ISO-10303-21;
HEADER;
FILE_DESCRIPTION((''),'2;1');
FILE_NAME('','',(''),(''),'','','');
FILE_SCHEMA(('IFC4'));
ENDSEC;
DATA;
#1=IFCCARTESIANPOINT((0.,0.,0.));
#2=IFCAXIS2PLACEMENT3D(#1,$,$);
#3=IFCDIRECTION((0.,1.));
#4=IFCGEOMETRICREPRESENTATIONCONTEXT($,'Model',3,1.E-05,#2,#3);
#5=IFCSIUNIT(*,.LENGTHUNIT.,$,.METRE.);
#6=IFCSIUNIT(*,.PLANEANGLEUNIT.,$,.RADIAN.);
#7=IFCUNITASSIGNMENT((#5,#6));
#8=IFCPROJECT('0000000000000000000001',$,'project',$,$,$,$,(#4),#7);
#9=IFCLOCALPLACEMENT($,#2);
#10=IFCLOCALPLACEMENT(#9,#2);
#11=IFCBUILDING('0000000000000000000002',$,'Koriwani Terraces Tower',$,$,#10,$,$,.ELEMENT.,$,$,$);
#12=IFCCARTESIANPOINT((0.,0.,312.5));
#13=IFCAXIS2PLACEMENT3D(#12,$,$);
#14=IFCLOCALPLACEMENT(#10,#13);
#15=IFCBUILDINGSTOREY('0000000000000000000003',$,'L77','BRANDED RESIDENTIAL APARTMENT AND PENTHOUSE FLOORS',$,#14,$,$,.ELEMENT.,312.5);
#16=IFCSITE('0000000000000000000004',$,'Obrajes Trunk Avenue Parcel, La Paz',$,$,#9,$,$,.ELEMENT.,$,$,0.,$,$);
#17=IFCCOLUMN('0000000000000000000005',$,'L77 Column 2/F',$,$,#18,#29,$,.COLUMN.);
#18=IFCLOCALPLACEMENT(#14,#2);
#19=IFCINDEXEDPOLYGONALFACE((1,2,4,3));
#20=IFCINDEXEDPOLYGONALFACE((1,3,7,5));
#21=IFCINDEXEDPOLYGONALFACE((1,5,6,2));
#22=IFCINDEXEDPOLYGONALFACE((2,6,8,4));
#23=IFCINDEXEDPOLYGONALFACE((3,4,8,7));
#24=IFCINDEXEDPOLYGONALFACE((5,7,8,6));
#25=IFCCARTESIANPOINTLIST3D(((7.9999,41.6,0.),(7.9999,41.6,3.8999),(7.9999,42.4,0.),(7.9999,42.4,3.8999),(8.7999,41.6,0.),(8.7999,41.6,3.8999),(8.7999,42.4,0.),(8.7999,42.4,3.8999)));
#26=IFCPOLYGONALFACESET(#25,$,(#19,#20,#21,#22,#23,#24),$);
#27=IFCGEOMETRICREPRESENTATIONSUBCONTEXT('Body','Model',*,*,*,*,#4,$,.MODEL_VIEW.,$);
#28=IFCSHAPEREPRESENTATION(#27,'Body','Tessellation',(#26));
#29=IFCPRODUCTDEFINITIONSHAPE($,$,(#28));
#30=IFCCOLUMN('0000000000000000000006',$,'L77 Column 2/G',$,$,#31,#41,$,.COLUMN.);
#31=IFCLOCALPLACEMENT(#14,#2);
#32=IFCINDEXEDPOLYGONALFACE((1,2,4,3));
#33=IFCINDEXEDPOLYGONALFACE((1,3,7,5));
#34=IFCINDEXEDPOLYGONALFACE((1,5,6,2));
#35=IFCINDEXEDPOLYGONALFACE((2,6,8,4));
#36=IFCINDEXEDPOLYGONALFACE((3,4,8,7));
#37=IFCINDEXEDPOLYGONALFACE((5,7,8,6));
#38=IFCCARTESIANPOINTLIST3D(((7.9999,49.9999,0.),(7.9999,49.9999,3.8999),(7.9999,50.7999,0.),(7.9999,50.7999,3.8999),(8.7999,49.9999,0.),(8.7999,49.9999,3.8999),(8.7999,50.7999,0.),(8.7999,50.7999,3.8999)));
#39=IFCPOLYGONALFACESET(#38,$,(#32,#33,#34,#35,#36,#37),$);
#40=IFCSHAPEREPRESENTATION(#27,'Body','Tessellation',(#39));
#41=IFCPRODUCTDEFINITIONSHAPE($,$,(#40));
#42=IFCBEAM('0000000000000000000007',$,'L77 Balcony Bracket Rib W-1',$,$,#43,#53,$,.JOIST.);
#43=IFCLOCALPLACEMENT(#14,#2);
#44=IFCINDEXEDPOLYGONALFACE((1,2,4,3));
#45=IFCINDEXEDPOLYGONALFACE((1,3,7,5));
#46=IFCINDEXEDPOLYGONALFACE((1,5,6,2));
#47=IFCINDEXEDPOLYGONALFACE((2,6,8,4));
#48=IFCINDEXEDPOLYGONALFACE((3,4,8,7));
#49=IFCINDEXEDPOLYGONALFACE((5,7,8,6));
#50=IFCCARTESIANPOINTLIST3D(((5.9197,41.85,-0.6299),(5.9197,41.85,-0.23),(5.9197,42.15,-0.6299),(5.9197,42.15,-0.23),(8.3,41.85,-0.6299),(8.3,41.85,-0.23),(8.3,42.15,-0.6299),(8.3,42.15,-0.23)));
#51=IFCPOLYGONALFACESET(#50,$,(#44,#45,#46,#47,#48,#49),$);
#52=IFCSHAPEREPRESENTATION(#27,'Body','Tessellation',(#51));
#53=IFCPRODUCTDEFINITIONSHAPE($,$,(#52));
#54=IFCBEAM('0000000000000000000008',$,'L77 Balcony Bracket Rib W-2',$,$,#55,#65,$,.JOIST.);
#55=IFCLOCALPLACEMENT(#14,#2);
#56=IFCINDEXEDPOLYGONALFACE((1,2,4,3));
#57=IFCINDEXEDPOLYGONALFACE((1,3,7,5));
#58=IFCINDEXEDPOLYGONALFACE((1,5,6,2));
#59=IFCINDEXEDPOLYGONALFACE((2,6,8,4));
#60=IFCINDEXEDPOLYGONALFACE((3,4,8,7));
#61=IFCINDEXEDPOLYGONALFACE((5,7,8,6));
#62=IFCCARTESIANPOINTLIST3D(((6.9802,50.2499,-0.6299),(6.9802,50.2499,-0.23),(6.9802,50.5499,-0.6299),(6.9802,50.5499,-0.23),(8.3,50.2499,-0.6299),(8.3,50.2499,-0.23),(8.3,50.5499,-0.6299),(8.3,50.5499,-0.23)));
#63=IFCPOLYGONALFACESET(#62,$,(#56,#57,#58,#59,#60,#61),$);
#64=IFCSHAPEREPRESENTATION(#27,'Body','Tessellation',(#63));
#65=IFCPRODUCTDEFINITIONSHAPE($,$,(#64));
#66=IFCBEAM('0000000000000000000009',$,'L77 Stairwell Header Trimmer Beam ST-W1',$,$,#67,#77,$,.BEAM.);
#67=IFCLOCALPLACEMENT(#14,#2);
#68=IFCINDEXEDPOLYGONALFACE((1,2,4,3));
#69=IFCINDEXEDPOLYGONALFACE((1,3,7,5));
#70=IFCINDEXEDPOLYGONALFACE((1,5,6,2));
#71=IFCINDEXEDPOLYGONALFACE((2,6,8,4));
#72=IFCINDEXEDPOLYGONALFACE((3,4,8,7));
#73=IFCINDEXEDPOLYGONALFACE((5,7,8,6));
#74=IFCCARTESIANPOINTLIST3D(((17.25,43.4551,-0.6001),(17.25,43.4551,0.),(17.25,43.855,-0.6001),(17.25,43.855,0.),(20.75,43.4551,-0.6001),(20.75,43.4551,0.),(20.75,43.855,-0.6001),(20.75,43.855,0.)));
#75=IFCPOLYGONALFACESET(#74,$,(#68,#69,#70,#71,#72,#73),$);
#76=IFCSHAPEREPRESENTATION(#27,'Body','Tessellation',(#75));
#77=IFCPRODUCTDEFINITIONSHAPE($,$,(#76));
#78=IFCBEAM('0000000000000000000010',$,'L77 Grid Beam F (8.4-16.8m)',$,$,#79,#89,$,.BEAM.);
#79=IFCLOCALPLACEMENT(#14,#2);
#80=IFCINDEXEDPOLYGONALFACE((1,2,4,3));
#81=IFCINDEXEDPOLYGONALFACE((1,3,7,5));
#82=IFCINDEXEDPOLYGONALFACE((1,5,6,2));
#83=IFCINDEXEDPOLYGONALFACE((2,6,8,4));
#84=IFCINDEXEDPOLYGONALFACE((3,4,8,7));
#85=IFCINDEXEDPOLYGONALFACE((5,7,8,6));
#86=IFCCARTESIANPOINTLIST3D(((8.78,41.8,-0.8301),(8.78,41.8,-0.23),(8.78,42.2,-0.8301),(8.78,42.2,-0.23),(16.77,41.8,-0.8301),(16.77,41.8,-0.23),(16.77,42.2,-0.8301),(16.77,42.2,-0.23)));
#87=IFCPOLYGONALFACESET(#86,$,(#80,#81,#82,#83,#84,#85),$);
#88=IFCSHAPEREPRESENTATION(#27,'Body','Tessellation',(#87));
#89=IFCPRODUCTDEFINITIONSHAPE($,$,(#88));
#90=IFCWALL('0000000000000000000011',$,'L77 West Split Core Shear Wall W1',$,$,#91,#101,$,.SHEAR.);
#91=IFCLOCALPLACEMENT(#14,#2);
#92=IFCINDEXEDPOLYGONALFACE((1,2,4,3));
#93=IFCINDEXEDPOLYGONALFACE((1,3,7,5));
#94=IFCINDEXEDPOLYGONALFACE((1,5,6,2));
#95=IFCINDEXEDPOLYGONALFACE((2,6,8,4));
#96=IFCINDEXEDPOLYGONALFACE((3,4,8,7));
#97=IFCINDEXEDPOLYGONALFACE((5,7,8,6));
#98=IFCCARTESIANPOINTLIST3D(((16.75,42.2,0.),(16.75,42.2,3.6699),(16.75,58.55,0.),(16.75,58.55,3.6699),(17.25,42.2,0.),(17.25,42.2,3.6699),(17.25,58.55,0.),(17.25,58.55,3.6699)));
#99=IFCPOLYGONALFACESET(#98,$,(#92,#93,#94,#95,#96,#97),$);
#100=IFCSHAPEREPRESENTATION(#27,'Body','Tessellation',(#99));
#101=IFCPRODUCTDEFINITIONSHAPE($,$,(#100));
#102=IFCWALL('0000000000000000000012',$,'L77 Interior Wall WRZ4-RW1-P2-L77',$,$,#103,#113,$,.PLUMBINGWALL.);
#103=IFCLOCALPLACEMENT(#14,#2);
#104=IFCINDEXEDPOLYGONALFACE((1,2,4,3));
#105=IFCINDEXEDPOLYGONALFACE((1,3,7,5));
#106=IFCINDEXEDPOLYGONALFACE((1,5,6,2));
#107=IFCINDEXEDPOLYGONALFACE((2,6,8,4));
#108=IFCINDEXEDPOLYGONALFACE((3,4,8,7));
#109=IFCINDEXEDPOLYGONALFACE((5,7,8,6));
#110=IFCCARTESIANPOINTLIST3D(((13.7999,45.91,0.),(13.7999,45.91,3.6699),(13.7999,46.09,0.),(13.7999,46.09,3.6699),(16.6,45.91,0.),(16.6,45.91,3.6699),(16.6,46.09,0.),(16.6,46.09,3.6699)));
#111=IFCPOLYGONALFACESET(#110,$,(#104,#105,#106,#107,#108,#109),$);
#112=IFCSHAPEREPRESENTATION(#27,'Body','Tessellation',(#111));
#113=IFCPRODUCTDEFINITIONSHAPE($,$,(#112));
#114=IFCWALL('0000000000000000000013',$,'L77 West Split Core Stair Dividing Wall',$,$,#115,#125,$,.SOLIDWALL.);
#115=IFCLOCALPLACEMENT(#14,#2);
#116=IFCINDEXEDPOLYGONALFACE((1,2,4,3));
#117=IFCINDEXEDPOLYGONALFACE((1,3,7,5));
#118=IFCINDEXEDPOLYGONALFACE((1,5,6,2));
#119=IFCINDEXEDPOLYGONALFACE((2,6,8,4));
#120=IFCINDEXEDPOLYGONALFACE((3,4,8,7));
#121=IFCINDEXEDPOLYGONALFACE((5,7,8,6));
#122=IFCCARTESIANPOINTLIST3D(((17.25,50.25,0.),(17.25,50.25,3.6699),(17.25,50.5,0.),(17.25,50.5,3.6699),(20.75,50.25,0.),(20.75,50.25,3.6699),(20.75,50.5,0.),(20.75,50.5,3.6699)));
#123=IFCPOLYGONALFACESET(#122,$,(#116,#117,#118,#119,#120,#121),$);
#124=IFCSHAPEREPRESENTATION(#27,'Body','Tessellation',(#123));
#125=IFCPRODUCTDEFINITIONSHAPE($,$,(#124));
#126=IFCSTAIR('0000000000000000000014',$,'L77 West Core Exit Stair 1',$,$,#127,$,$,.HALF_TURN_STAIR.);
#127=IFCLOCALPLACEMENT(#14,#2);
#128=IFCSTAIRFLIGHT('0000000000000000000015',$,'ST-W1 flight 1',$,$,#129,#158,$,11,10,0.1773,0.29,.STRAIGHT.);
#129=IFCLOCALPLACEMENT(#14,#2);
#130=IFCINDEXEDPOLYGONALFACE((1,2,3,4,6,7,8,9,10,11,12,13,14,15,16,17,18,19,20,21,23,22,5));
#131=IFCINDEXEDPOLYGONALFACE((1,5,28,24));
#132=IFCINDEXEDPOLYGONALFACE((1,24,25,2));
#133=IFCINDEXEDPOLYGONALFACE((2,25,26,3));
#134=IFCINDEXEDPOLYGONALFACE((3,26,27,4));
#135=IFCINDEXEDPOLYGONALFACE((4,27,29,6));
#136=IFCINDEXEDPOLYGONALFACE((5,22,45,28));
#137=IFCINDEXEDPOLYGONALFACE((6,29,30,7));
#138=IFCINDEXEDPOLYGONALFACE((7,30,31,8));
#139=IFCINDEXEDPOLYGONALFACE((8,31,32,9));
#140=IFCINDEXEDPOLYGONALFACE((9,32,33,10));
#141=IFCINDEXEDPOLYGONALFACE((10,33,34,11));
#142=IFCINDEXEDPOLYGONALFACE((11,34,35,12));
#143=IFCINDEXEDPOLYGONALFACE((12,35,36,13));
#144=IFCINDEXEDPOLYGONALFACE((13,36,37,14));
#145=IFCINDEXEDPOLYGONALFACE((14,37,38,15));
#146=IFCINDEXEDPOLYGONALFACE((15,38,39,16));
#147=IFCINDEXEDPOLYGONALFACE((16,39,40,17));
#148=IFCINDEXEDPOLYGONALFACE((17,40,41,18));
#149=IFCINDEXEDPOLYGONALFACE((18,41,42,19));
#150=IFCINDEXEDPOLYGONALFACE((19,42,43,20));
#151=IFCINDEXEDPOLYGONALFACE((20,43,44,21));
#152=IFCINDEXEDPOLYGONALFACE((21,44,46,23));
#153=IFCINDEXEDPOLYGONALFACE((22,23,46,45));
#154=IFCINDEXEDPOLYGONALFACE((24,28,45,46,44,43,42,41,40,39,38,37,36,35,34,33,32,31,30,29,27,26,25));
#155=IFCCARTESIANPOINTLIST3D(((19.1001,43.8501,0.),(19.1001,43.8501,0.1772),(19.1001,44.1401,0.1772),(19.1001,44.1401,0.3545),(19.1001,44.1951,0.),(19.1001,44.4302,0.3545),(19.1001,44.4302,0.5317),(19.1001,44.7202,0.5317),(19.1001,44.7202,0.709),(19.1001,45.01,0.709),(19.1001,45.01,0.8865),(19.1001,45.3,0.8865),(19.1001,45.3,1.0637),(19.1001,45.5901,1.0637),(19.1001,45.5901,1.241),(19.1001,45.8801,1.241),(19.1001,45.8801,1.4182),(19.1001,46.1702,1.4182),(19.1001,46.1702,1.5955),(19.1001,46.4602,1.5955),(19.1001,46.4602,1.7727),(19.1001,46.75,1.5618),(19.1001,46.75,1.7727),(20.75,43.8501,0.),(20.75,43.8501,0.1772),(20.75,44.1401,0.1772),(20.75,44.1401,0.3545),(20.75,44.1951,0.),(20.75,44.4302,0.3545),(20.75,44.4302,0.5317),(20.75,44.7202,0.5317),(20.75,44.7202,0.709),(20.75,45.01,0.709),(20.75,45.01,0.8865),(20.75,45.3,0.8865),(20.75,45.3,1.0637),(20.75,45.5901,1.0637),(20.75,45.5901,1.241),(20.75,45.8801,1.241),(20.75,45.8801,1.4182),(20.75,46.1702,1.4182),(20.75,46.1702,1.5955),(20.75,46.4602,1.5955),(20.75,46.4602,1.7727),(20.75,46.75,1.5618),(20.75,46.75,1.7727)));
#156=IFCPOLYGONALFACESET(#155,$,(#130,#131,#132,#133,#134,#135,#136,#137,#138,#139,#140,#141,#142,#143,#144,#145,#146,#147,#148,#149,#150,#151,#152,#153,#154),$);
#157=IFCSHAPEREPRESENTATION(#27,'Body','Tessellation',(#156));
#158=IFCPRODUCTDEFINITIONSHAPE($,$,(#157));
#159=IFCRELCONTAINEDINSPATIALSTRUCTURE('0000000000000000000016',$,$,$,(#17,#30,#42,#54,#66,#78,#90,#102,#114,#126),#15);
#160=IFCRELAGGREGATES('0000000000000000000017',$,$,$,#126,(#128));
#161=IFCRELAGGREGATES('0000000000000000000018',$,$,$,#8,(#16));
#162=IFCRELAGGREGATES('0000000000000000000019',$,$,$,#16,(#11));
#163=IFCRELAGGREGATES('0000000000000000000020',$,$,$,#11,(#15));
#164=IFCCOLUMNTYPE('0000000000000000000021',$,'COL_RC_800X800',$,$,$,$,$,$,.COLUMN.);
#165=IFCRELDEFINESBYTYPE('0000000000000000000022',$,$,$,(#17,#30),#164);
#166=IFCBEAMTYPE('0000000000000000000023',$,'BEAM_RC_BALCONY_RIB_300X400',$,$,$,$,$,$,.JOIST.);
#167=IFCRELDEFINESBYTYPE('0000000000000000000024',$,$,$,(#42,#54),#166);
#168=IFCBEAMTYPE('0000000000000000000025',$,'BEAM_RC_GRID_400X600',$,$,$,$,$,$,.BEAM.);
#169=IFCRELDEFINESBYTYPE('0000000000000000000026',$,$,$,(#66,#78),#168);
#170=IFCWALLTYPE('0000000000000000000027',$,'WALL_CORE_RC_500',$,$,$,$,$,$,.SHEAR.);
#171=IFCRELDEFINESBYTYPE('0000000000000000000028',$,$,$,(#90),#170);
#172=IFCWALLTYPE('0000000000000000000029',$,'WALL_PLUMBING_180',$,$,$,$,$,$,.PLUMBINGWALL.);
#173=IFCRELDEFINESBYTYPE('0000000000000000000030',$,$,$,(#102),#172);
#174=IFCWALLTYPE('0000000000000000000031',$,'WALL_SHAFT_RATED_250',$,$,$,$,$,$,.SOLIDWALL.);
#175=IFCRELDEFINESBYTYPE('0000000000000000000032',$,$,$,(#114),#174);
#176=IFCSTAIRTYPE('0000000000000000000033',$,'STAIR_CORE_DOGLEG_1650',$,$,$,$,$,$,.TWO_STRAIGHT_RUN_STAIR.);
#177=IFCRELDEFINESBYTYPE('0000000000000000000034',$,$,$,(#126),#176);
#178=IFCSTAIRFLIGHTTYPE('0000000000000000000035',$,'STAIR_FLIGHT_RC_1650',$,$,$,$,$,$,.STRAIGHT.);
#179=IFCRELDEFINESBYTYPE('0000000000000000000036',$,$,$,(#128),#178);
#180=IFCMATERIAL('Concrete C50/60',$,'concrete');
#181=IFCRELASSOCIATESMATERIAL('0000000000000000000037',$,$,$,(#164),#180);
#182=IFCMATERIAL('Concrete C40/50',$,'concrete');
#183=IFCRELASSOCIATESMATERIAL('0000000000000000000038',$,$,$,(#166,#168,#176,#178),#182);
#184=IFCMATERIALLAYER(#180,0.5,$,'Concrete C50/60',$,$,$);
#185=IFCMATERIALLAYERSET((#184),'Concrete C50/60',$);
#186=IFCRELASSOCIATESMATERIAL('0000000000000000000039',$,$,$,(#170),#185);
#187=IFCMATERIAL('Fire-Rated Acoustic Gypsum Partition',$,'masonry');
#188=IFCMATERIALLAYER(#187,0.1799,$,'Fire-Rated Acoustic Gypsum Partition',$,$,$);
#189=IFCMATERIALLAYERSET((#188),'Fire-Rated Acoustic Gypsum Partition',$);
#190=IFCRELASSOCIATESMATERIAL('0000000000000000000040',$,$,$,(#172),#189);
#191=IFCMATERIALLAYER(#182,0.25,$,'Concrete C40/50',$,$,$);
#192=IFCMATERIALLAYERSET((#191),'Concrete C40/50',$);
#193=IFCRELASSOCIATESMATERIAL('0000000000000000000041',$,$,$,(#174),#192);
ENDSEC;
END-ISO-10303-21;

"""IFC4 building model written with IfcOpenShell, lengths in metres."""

from ifc_helpers import new_model, si_unit, direction, frame, frame_2d, origin, origin_2d, place, context, subcontext, project, spatial, polyline, rectangle, outline, extrude, material, layer, layer_set, material_profile, profile_set, type_object, element, aggregate, save


model = new_model("IFC4")

# Units and contexts
model_context = context("Model", 3, precision=1e-05, world=origin(), true_north=direction((0.0, 1.0)))
body_context = subcontext(model_context, "Body", "Model", "MODEL_VIEW")
ifc_project = project(units=[si_unit("LENGTHUNIT", "METRE"), si_unit("PLANEANGLEUNIT", "RADIAN")], contexts=[model_context])

# Site, building, storey
site_placement = place(None, origin())
site = spatial("IfcSite", under=ifc_project, at=site_placement, Name="Obrajes Trunk Avenue Parcel, La Paz", CompositionType="ELEMENT", RefElevation=0.0)
building_placement = place(site_placement, origin())
building = spatial("IfcBuilding", under=site, at=building_placement, Name="Koriwani Terraces Tower", CompositionType="ELEMENT")
storey_placement = place(building_placement, frame((0.0, 0.0, 312.5)))
storey = spatial("IfcBuildingStorey", under=building, at=storey_placement, Name="L77", Description="BRANDED RESIDENTIAL APARTMENT AND PENTHOUSE FLOORS", CompositionType="ELEMENT", Elevation=312.5)

# Columns
ifc_material_1 = material(Name="Concrete C50/60", Category="concrete")
ifc_material_profile_1 = material_profile(ifc_material_1, rectangle(XDim=0.8, YDim=0.8, at=origin_2d()), Name="Concrete C50/60", Category="LoadBearing")
ifc_profile_set_1 = profile_set([ifc_material_profile_1], Name="Concrete C50/60")
column_type = type_object("IfcColumnType", Name="COL_RC_800X800", PredefinedType="COLUMN", material=ifc_profile_set_1)
for number, where, z_axis, x_axis, name in (
    (1, (8.3999, 42.0, 0.0), (0.0, 0.0, 1.0), (1.0, 0.0, 0.0), "L77 Column 2/F"),
    (2, (8.3999, 50.3999, 0.0), (0.0, 0.0, 1.0), (1.0, 0.0, 0.0), "L77 Column 2/G"),
):
    element("IfcColumn", number, at=place(storey_placement, frame(where, z_axis=z_axis, x_axis=x_axis)), inside=storey, type_object=column_type, Name=name, PredefinedType="COLUMN", context=body_context, shape_type="SweptSolid", body=[
        extrude(rectangle(XDim=0.8, YDim=0.8, at=origin_2d()), origin(), (0.0, 0.0, 1.0), 3.8999),
    ])

# Beams
ifc_material_2 = material(Name="Concrete C40/50", Category="concrete")
ifc_material_profile_2 = material_profile(ifc_material_2, rectangle(XDim=0.3, YDim=0.3999, at=origin_2d()), Name="Concrete C40/50", Category="LoadBearing")
ifc_profile_set_2 = profile_set([ifc_material_profile_2], Name="Concrete C40/50")
beam_type_1 = type_object("IfcBeamType", Name="BEAM_RC_BALCONY_RIB_300X400", PredefinedType="JOIST", material=ifc_profile_set_2)
beam_1_placement = place(storey_placement, frame((5.9197, 42.0, -0.4299), z_axis=(1.0, 0.0, 0.0), x_axis=(0.0, 1.0, 0.0)))
element("IfcBeam", 3, at=beam_1_placement, inside=storey, type_object=beam_type_1, Name="L77 Balcony Bracket Rib W-1", PredefinedType="JOIST", context=body_context, shape_type="SweptSolid", body=[
    extrude(rectangle(XDim=0.3, YDim=0.3999, at=origin_2d()), origin(), (0.0, 0.0, 1.0), 2.3804),
])
beam_2_placement = place(storey_placement, frame((6.9802, 50.3999, -0.4299), z_axis=(1.0, 0.0, 0.0), x_axis=(0.0, 1.0, 0.0)))
element("IfcBeam", 4, at=beam_2_placement, inside=storey, type_object=beam_type_1, Name="L77 Balcony Bracket Rib W-2", PredefinedType="JOIST", context=body_context, shape_type="SweptSolid", body=[
    extrude(rectangle(XDim=0.3, YDim=0.3999, at=origin_2d()), origin(), (0.0, 0.0, 1.0), 1.3198),
])
ifc_material_profile_3 = material_profile(ifc_material_2, rectangle(XDim=0.3999, YDim=0.6001, at=origin_2d()), Name="Concrete C40/50", Category="LoadBearing")
ifc_profile_set_3 = profile_set([ifc_material_profile_3], Name="Concrete C40/50")
beam_type_2 = type_object("IfcBeamType", Name="BEAM_RC_GRID_400X600", PredefinedType="BEAM", material=ifc_profile_set_3)
beam_3_placement = place(storey_placement, frame((17.25, 43.655, -0.3), z_axis=(1.0, 0.0, 0.0), x_axis=(0.0, 1.0, 0.0)))
element("IfcBeam", 5, at=beam_3_placement, inside=storey, type_object=beam_type_2, Name="L77 Stairwell Header Trimmer Beam ST-W1", PredefinedType="BEAM", context=body_context, shape_type="SweptSolid", body=[
    extrude(rectangle(XDim=0.3999, YDim=0.6001, at=origin_2d()), origin(), (0.0, 0.0, 1.0), 3.5),
])
beam_4_placement = place(storey_placement, frame((8.78, 42.0, -0.53), z_axis=(1.0, 0.0, 0.0), x_axis=(0.0, 1.0, 0.0)))
element("IfcBeam", 6, at=beam_4_placement, inside=storey, type_object=beam_type_2, Name="L77 Grid Beam F (8.4-16.8m)", PredefinedType="BEAM", context=body_context, shape_type="SweptSolid", body=[
    extrude(rectangle(XDim=0.3999, YDim=0.6001, at=origin_2d()), origin(), (0.0, 0.0, 1.0), 7.99),
])

# Walls
ifc_layer_1 = layer(ifc_material_1, 0.5, Name="Concrete C50/60")
ifc_layer_set_1 = layer_set([ifc_layer_1], Name="Concrete C50/60")
wall_type_1 = type_object("IfcWallType", Name="WALL_CORE_RC_500", PredefinedType="SHEAR", material=ifc_layer_set_1)
wall_1_placement = place(storey_placement, frame((17.0, 42.2, 0.0), z_axis=(0.0, 0.0, 1.0), x_axis=(0.0, 1.0, 0.0)))
element("IfcWall", 7, at=wall_1_placement, inside=storey, type_object=wall_type_1, Name="L77 West Split Core Shear Wall W1", PredefinedType="SHEAR", context=body_context, shape_type="SweptSolid", body=[
    extrude(rectangle(XDim=16.3501, YDim=0.5, at=frame_2d((8.175, 0.0))), origin(), (0.0, 0.0, 1.0), 3.6699),
])
ifc_material_3 = material(Name="Fire-Rated Acoustic Gypsum Partition", Category="masonry")
ifc_layer_2 = layer(ifc_material_3, 0.1799, Name="Fire-Rated Acoustic Gypsum Partition")
ifc_layer_set_2 = layer_set([ifc_layer_2], Name="Fire-Rated Acoustic Gypsum Partition")
wall_type_2 = type_object("IfcWallType", Name="WALL_PLUMBING_180", PredefinedType="PLUMBINGWALL", material=ifc_layer_set_2)
wall_2_placement = place(storey_placement, frame((13.8, 46.0, 0.0), z_axis=(0.0, 0.0, 1.0), x_axis=(1.0, 0.0, 0.0)))
element("IfcWall", 8, at=wall_2_placement, inside=storey, type_object=wall_type_2, Name="L77 Interior Wall WRZ4-RW1-P2-L77", PredefinedType="PLUMBINGWALL", context=body_context, shape_type="SweptSolid", body=[
    extrude(rectangle(XDim=2.8, YDim=0.1799, at=frame_2d((1.3999, 0.0))), origin(), (0.0, 0.0, 1.0), 3.6699),
])
ifc_layer_3 = layer(ifc_material_2, 0.25, Name="Concrete C40/50")
ifc_layer_set_3 = layer_set([ifc_layer_3], Name="Concrete C40/50")
wall_type_3 = type_object("IfcWallType", Name="WALL_SHAFT_RATED_250", PredefinedType="SOLIDWALL", material=ifc_layer_set_3)
wall_3_placement = place(storey_placement, frame((17.25, 50.375, 0.0), z_axis=(0.0, 0.0, 1.0), x_axis=(1.0, 0.0, 0.0)))
element("IfcWall", 9, at=wall_3_placement, inside=storey, type_object=wall_type_3, Name="L77 West Split Core Stair Dividing Wall", PredefinedType="SOLIDWALL", context=body_context, shape_type="SweptSolid", body=[
    extrude(rectangle(XDim=3.5, YDim=0.25, at=frame_2d((1.75, 0.0))), origin(), (0.0, 0.0, 1.0), 3.6699),
])

# Stair, stair flight
stair_type = type_object("IfcStairType", Name="STAIR_CORE_DOGLEG_1650", PredefinedType="TWO_STRAIGHT_RUN_STAIR", material=ifc_material_2)
stair_placement = place(storey_placement, origin())
stair = element("IfcStair", 10, at=stair_placement, inside=storey, type_object=stair_type, Name="L77 West Core Exit Stair 1", PredefinedType="HALF_TURN_STAIR")
stair_flight_type = type_object("IfcStairFlightType", Name="STAIR_FLIGHT_RC_1650", PredefinedType="STRAIGHT", material=ifc_material_2)
stair_flight_1_placement = place(storey_placement, frame((19.925, 43.8501, 0.0), z_axis=(0.0, 0.0, 1.0), x_axis=(0.0, 1.0, 0.0)))
stair_flight_1 = element("IfcStairFlight", 11, at=stair_flight_1_placement, type_object=stair_flight_type, Name="ST-W1 flight 1", NumberOfRisers=11, NumberOfTreads=10, PredefinedType="STRAIGHT", RiserHeight=0.1773, TreadLength=0.29, context=body_context, shape_type="SweptSolid", body=[
    extrude(outline(polyline([(0.0, 0.0), (0.0, 0.1772), (0.29, 0.1772), (0.29, 0.3545), (0.5801, 0.3545), (0.5801, 0.5317), (0.8701, 0.5317), (0.8701, 0.709), (1.1599, 0.709), (1.1599, 0.8865), (1.45, 0.8865), (1.45, 1.0637), (1.74, 1.0637), (1.74, 1.241), (2.03, 1.241), (2.03, 1.4182), (2.3201, 1.4182), (2.3201, 1.5955), (2.6101, 1.5955), (2.6101, 1.7727), (2.8999, 1.7727), (2.8999, 1.95), (2.8999, 1.5618), (0.345, 0.0), (0.0, 0.0)])), frame((0.0, 0.825, 0.0), z_axis=(0.0, -1.0, 0.0), x_axis=(1.0, 0.0, 0.0)), (0.0, 0.0, 1.0), 1.6499),
])
aggregate(stair, [stair_flight_1])

save(model, "model.ifc")
